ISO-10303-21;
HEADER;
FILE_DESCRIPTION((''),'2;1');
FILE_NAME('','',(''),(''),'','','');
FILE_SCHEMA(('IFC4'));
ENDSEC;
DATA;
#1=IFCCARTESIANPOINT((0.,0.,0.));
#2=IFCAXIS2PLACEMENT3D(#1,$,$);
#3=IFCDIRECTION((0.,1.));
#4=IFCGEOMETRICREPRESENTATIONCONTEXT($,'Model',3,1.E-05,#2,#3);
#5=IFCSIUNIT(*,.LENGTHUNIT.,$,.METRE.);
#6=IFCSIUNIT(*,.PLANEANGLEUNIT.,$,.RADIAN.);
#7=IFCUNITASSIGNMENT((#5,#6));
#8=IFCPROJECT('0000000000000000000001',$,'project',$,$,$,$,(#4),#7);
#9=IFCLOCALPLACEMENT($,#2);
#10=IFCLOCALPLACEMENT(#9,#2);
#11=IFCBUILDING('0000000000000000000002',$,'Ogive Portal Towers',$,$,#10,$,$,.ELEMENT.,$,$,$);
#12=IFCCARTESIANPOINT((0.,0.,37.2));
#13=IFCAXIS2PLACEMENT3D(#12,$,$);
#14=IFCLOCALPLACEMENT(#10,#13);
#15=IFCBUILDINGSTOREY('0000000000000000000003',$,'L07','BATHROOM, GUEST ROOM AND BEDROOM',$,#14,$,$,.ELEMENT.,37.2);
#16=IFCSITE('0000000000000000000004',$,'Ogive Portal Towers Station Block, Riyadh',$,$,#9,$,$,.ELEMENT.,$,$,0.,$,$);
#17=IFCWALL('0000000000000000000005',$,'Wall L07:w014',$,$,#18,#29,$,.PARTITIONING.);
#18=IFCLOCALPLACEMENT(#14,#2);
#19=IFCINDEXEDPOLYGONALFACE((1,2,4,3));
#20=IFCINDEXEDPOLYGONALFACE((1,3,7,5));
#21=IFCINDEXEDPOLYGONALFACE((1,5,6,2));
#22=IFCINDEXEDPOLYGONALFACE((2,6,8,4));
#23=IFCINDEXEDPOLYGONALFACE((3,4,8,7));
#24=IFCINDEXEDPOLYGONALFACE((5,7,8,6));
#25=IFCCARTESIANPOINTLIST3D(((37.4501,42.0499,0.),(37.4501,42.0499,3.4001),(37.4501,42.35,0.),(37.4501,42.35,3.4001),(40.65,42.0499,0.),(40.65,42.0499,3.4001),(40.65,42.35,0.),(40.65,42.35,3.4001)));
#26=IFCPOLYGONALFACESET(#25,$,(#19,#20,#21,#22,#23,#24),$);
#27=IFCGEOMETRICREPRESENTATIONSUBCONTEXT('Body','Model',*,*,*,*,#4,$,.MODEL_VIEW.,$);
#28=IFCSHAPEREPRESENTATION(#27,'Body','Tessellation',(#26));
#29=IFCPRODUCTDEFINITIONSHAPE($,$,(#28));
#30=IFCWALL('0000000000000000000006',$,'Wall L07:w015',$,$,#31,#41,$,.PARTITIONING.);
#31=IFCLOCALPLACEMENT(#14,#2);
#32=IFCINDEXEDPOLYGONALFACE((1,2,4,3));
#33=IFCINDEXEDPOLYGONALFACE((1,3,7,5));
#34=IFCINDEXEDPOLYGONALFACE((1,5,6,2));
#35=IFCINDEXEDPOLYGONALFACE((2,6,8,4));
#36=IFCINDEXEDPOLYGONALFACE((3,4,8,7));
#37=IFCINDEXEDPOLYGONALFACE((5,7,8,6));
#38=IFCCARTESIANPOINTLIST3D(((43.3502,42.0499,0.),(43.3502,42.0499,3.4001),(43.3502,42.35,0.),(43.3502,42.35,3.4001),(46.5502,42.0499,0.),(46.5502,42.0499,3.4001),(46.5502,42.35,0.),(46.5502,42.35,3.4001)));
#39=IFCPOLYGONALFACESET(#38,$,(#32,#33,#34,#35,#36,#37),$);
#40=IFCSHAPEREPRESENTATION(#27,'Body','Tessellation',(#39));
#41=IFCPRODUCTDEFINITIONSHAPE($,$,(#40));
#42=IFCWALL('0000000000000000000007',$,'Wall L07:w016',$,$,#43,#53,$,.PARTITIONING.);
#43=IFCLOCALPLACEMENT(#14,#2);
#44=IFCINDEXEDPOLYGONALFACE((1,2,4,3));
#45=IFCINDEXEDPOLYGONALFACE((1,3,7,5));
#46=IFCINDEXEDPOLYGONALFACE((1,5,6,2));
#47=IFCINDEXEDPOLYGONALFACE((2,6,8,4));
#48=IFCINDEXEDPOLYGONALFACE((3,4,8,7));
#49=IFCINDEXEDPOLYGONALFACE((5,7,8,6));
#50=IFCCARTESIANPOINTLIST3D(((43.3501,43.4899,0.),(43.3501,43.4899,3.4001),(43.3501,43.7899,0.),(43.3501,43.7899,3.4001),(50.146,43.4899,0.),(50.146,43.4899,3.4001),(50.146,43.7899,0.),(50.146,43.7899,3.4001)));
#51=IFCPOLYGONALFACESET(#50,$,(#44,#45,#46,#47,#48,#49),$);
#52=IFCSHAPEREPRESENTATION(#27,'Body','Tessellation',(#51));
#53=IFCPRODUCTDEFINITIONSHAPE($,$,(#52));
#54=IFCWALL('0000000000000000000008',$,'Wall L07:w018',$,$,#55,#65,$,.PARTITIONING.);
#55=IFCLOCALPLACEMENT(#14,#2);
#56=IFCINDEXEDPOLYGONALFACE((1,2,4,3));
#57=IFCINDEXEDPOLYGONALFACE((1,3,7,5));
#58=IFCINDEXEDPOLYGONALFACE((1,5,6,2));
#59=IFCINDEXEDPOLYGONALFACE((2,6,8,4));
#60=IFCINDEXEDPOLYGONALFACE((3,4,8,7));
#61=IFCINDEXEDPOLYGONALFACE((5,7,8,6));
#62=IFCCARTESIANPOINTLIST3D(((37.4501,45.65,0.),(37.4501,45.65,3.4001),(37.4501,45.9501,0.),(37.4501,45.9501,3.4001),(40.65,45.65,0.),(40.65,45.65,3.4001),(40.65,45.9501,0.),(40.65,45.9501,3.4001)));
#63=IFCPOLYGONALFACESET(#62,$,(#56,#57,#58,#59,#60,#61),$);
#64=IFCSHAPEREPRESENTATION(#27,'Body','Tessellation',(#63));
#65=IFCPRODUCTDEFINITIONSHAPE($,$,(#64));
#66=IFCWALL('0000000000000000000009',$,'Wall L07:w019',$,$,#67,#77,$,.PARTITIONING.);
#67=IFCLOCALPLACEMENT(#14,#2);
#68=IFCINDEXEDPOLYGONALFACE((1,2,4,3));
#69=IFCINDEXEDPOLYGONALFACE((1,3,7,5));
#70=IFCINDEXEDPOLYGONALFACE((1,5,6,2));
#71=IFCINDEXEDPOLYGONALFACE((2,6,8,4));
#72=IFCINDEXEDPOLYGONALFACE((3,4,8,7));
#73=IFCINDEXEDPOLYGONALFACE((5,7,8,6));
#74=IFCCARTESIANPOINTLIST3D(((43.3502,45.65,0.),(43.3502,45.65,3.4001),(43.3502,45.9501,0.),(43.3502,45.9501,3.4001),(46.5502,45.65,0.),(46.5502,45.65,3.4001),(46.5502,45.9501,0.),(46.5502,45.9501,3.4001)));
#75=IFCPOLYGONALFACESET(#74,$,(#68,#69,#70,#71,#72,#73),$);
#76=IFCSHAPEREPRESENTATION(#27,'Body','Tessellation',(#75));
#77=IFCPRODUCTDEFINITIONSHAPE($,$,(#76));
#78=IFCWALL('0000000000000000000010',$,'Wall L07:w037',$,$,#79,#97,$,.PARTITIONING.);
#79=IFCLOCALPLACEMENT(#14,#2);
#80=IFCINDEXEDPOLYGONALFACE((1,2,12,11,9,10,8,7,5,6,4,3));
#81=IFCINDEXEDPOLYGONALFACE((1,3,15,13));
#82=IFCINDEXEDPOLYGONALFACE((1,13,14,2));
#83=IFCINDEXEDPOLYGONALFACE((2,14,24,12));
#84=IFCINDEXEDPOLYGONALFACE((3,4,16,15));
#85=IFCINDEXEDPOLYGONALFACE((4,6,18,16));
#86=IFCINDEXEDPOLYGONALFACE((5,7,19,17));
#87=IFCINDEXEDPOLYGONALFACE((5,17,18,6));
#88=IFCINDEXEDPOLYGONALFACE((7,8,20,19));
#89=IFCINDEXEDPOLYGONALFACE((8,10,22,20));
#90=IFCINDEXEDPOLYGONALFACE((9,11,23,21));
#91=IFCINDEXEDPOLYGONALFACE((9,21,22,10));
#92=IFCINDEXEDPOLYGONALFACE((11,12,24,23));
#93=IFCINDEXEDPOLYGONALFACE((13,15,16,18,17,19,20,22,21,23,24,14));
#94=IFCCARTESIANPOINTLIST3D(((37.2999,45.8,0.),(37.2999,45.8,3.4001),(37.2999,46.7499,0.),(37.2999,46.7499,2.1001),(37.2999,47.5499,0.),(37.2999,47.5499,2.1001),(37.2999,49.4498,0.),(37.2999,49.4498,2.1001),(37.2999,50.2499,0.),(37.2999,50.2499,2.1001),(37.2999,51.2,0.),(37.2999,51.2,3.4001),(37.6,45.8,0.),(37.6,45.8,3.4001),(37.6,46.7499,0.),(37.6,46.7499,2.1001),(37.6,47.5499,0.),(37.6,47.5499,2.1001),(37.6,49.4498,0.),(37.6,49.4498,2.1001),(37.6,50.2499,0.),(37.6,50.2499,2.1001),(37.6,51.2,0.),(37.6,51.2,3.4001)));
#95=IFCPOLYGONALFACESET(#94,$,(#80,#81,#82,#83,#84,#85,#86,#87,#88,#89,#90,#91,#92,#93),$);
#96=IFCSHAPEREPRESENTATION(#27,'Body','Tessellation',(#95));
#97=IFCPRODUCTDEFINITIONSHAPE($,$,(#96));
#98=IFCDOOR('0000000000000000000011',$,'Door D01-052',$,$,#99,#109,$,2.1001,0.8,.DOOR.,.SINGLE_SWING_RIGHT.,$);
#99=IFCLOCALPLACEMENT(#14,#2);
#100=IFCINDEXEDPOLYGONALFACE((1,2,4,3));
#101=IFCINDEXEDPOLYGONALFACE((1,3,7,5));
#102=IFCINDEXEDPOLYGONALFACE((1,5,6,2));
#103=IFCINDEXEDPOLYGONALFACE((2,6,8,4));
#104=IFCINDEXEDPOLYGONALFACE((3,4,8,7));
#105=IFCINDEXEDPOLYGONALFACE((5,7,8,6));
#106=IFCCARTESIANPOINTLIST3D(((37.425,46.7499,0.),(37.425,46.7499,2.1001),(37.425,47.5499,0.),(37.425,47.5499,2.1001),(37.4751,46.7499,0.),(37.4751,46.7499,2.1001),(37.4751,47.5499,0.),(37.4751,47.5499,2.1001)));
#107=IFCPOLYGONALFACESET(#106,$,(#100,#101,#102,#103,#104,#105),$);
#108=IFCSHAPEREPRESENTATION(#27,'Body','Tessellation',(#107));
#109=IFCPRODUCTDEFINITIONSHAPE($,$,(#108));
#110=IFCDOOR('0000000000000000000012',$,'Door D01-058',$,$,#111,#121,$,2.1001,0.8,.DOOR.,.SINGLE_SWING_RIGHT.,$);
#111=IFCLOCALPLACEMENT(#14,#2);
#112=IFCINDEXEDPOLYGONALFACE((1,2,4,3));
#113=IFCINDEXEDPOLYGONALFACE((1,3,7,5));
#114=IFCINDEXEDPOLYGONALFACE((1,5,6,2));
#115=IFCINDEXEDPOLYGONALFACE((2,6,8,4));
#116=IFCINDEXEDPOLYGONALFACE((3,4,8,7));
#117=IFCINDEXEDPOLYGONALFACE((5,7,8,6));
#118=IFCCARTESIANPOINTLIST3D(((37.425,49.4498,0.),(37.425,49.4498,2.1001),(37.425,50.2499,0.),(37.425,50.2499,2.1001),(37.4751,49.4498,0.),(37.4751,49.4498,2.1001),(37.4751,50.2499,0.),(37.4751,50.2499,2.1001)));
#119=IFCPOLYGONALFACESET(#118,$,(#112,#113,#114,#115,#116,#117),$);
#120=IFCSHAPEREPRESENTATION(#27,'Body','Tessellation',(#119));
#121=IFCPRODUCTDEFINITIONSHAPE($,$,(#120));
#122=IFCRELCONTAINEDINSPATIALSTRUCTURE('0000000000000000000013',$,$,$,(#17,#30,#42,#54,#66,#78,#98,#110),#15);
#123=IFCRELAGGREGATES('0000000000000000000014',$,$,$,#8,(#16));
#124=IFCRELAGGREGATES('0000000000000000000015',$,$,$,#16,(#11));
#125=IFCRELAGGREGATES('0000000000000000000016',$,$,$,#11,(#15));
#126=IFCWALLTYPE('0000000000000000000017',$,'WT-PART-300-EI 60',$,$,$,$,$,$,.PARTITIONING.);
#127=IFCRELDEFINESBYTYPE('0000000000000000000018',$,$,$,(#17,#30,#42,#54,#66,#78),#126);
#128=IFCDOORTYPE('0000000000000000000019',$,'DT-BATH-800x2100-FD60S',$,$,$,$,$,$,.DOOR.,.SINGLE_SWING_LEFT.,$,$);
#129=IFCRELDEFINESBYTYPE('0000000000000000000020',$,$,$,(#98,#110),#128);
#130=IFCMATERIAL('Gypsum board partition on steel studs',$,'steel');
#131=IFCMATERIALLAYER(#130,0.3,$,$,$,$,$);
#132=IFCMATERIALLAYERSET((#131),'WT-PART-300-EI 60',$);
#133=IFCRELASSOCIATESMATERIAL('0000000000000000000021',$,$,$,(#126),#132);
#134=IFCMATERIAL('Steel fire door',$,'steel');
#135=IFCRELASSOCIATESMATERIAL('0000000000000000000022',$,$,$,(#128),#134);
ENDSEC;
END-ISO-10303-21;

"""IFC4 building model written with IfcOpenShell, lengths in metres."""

from ifc_helpers import new_model, si_unit, direction, frame, frame_2d, origin, place, context, subcontext, project, spatial, rectangle, extrude, material, layer, layer_set, type_object, element, fill, save


model = new_model("IFC4")

# Units and contexts
model_context = context("Model", 3, precision=1e-05, world=origin(), true_north=direction((0.0, 1.0)))
body_context = subcontext(model_context, "Body", "Model", "MODEL_VIEW")
ifc_project = project(units=[si_unit("LENGTHUNIT", "METRE"), si_unit("PLANEANGLEUNIT", "RADIAN")], contexts=[model_context])

# Site, building, storey
site_placement = place(None, origin())
site = spatial("IfcSite", under=ifc_project, at=site_placement, Name="Ogive Portal Towers Station Block, Riyadh", CompositionType="ELEMENT", RefElevation=0.0)
building_placement = place(site_placement, origin())
building = spatial("IfcBuilding", under=site, at=building_placement, Name="Ogive Portal Towers", CompositionType="ELEMENT")
storey_placement = place(building_placement, frame((0.0, 0.0, 37.2)))
storey = spatial("IfcBuildingStorey", under=building, at=storey_placement, Name="L07", Description="BATHROOM, GUEST ROOM AND BEDROOM", CompositionType="ELEMENT", Elevation=37.2)

# Walls
ifc_material_1 = material(Name="Gypsum board partition on steel studs", Category="steel")
ifc_layer_1 = layer(ifc_material_1, 0.3)
ifc_layer_set_1 = layer_set([ifc_layer_1], Name="WT-PART-300-EI 60")
wall_type_1 = type_object("IfcWallType", Name="WT-PART-300-EI 60", PredefinedType="PARTITIONING", material=ifc_layer_set_1)
for number, where, z_axis, x_axis, name in (
    (1, (37.45, 42.2, 0.0), (0.0, 0.0, 1.0), (1.0, 0.0, 0.0), "Wall L07:w014"),
    (2, (43.3501, 42.2, 0.0), (0.0, 0.0, 1.0), (1.0, 0.0, 0.0), "Wall L07:w015"),
):
    element("IfcWall", number, at=place(storey_placement, frame(where, z_axis=z_axis, x_axis=x_axis)), inside=storey, type_object=wall_type_1, Name=name, PredefinedType="PARTITIONING", context=body_context, shape_type="SweptSolid", body=[
        extrude(rectangle(XDim=3.2, YDim=0.3, at=frame_2d((1.6001, 0.0))), origin(), (0.0, 0.0, 1.0), 3.4001),
    ])
wall_1_placement = place(storey_placement, frame((43.3501, 43.6399, 0.0), z_axis=(0.0, 0.0, 1.0), x_axis=(1.0, 0.0, 0.0)))
element("IfcWall", 3, at=wall_1_placement, inside=storey, type_object=wall_type_1, Name="Wall L07:w016", PredefinedType="PARTITIONING", context=body_context, shape_type="SweptSolid", body=[
    extrude(rectangle(XDim=6.7959, YDim=0.3, at=frame_2d((3.3979, 0.0))), origin(), (0.0, 0.0, 1.0), 3.4001),
])
for number, where, z_axis, x_axis, name in (
    (4, (37.45, 45.8, 0.0), (0.0, 0.0, 1.0), (1.0, 0.0, 0.0), "Wall L07:w018"),
    (5, (43.3501, 45.8, 0.0), (0.0, 0.0, 1.0), (1.0, 0.0, 0.0), "Wall L07:w019"),
):
    element("IfcWall", number, at=place(storey_placement, frame(where, z_axis=z_axis, x_axis=x_axis)), inside=storey, type_object=wall_type_1, Name=name, PredefinedType="PARTITIONING", context=body_context, shape_type="SweptSolid", body=[
        extrude(rectangle(XDim=3.2, YDim=0.3, at=frame_2d((1.6001, 0.0))), origin(), (0.0, 0.0, 1.0), 3.4001),
    ])

# Wall, openings, doors
wall_2_placement = place(storey_placement, frame((37.45, 45.8, 0.0), z_axis=(0.0, 0.0, 1.0), x_axis=(0.0, 1.0, 0.0)))
wall_2 = element("IfcWall", 6, at=wall_2_placement, inside=storey, type_object=wall_type_1, Name="Wall L07:w037", PredefinedType="PARTITIONING", context=body_context, shape_type="SweptSolid", body=[
    extrude(rectangle(XDim=5.3999, YDim=0.3, at=frame_2d((2.7, 0.0))), origin(), (0.0, 0.0, 1.0), 3.4001),
])
opening_1_placement = place(wall_2_placement, frame((0.95, 0.0, 0.0)))
opening_1 = element("IfcOpeningElement", 7, at=opening_1_placement, cuts=wall_2, PredefinedType="OPENING", context=body_context, shape_type="SweptSolid", body=[
    extrude(rectangle(XDim=0.8, YDim=2.1001, at=frame_2d((0.3999, 1.05))), frame((0.0, 0.1602, 0.0), z_axis=(0.0, -1.0, 0.0), x_axis=(1.0, 0.0, 0.0)), (0.0, 0.0, 1.0), 0.3201),
])
opening_2_placement = place(wall_2_placement, frame((3.6499, 0.0, 0.0)))
opening_2 = element("IfcOpeningElement", 8, at=opening_2_placement, cuts=wall_2, PredefinedType="OPENING", context=body_context, shape_type="SweptSolid", body=[
    extrude(rectangle(XDim=0.8, YDim=2.1001, at=frame_2d((0.3999, 1.05))), frame((0.0, 0.1602, 0.0), z_axis=(0.0, -1.0, 0.0), x_axis=(1.0, 0.0, 0.0)), (0.0, 0.0, 1.0), 0.3201),
])
ifc_material_2 = material(Name="Steel fire door", Category="steel")
door_type_1 = type_object("IfcDoorType", Name="DT-BATH-800x2100-FD60S", OperationType="SINGLE_SWING_LEFT", PredefinedType="DOOR", material=ifc_material_2)
door_1_placement = place(opening_1_placement, origin())
door_1 = element("IfcDoor", 9, at=door_1_placement, inside=storey, type_object=door_type_1, Name="Door D01-052", OperationType="SINGLE_SWING_RIGHT", OverallHeight=2.1001, OverallWidth=0.8, PredefinedType="DOOR", context=body_context, shape_type="SweptSolid", body=[
    extrude(rectangle(XDim=0.8, YDim=2.1001, at=frame_2d((0.3999, 1.05))), frame((0.0, 0.0249, 0.0), z_axis=(0.0, -1.0, 0.0), x_axis=(1.0, 0.0, 0.0)), (0.0, 0.0, 1.0), 0.05),
])
fill(opening_1, door_1)
door_2_placement = place(opening_2_placement, origin())
door_2 = element("IfcDoor", 10, at=door_2_placement, inside=storey, type_object=door_type_1, Name="Door D01-058", OperationType="SINGLE_SWING_RIGHT", OverallHeight=2.1001, OverallWidth=0.8, PredefinedType="DOOR", context=body_context, shape_type="SweptSolid", body=[
    extrude(rectangle(XDim=0.8, YDim=2.1001, at=frame_2d((0.3999, 1.05))), frame((0.0, 0.0249, 0.0), z_axis=(0.0, -1.0, 0.0), x_axis=(1.0, 0.0, 0.0)), (0.0, 0.0, 1.0), 0.05),
])
fill(opening_2, door_2)

save(model, "model.ifc")
